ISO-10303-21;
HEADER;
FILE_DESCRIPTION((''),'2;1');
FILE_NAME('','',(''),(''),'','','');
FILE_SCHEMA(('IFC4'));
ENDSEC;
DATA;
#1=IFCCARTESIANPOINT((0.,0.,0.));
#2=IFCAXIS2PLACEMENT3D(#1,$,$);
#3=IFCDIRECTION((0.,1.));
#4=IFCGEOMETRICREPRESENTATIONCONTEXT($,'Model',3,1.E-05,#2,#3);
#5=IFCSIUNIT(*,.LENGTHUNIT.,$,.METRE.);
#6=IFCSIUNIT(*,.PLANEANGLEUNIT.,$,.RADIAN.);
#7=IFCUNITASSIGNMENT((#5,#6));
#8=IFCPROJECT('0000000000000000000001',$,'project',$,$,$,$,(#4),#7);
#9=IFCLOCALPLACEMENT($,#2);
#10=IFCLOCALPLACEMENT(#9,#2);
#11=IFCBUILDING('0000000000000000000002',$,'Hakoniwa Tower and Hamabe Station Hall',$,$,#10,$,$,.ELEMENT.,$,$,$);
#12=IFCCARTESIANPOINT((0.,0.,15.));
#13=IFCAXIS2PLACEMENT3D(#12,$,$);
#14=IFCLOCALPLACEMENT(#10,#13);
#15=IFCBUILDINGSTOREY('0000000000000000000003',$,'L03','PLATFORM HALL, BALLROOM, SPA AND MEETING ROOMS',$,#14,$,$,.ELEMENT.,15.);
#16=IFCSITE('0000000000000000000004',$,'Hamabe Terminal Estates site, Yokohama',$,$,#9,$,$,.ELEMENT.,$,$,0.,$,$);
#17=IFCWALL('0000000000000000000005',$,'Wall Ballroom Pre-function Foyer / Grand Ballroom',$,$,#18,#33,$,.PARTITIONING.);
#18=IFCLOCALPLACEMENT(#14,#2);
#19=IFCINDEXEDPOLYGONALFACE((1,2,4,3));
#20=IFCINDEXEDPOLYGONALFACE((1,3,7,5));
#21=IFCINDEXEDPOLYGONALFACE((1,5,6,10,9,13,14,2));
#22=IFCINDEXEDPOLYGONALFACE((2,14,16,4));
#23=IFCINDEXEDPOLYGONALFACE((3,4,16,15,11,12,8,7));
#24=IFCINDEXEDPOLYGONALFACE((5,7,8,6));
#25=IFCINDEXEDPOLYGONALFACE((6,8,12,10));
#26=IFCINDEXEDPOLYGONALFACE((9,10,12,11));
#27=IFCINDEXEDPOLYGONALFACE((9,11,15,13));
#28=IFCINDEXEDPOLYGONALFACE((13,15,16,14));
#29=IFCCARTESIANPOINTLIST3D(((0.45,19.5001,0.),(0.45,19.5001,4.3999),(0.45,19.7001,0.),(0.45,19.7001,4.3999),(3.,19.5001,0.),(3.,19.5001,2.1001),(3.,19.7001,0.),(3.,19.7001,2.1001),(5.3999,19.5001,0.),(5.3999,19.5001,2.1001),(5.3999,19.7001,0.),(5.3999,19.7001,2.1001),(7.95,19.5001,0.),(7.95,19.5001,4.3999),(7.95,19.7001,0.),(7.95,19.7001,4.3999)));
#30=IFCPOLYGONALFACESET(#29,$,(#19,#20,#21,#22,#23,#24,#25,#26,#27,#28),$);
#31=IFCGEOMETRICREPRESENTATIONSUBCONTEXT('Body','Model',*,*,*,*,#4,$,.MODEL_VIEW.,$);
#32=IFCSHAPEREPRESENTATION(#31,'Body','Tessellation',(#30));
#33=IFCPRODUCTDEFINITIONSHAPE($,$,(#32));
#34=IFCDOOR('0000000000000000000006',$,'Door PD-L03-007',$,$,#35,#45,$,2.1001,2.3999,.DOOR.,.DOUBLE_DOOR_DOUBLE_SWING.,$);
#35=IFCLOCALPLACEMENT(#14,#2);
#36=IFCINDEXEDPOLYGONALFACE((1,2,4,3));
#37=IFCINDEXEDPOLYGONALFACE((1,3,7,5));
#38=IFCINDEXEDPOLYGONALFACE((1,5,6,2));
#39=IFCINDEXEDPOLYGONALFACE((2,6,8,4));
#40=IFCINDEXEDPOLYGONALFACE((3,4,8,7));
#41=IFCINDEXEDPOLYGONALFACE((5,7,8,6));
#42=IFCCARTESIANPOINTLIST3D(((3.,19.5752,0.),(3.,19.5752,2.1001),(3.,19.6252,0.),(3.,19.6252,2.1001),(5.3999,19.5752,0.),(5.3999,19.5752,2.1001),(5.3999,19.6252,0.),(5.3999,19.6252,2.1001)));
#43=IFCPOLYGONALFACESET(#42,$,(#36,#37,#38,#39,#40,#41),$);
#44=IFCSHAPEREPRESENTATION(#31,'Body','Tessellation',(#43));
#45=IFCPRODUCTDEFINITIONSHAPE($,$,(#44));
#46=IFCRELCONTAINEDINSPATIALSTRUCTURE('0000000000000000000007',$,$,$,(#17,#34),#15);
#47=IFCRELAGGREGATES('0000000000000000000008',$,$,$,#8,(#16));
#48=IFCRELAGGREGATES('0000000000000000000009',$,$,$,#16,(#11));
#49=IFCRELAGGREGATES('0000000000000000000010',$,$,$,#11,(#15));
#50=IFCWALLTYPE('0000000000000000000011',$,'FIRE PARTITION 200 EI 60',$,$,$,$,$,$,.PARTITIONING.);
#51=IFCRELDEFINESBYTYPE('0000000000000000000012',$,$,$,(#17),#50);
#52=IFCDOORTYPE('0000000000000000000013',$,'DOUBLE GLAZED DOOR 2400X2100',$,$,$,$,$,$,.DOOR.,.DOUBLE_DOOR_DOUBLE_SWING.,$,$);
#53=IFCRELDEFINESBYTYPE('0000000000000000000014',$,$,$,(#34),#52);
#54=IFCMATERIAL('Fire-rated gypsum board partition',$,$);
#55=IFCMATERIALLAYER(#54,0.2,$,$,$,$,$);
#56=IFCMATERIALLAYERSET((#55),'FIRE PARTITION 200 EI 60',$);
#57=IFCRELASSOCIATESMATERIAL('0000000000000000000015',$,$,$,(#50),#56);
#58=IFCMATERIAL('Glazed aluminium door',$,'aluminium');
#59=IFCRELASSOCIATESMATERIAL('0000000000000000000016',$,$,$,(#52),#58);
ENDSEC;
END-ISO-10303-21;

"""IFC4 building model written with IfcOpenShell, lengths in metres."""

from ifc_helpers import new_model, si_unit, direction, frame, frame_2d, origin, place, context, subcontext, project, spatial, rectangle, extrude, material, layer, layer_set, type_object, element, fill, save


model = new_model("IFC4")

# Units and contexts
model_context = context("Model", 3, precision=1e-05, world=origin(), true_north=direction((0.0, 1.0)))
body_context = subcontext(model_context, "Body", "Model", "MODEL_VIEW")
ifc_project = project(units=[si_unit("LENGTHUNIT", "METRE"), si_unit("PLANEANGLEUNIT", "RADIAN")], contexts=[model_context])

# Site, building, storey
site_placement = place(None, origin())
site = spatial("IfcSite", under=ifc_project, at=site_placement, Name="Hamabe Terminal Estates site, Yokohama", CompositionType="ELEMENT", RefElevation=0.0)
building_placement = place(site_placement, origin())
building = spatial("IfcBuilding", under=site, at=building_placement, Name="Hakoniwa Tower and Hamabe Station Hall", CompositionType="ELEMENT")
storey_placement = place(building_placement, frame((0.0, 0.0, 15.0)))
storey = spatial("IfcBuildingStorey", under=building, at=storey_placement, Name="L03", Description="PLATFORM HALL, BALLROOM, SPA AND MEETING ROOMS", CompositionType="ELEMENT", Elevation=15.0)

# Shared definitions
ifc_material_1 = material(Name="Fire-rated gypsum board partition")
ifc_layer_1 = layer(ifc_material_1, 0.2)
ifc_layer_set_1 = layer_set([ifc_layer_1], Name="FIRE PARTITION 200 EI 60")
wall_type = type_object("IfcWallType", Name="FIRE PARTITION 200 EI 60", PredefinedType="PARTITIONING", material=ifc_layer_set_1)

# Wall, opening, door
ifc_material_2 = material(Name="Glazed aluminium door", Category="aluminium")
door_type_1 = type_object("IfcDoorType", Name="DOUBLE GLAZED DOOR 2400X2100", OperationType="DOUBLE_DOOR_DOUBLE_SWING", PredefinedType="DOOR", material=ifc_material_2)
wall_1_placement = place(storey_placement, frame((7.95, 19.6001, 0.0), z_axis=(0.0, 0.0, 1.0), x_axis=(-1.0, 0.0, 0.0)))
wall_1 = element("IfcWall", 1, at=wall_1_placement, inside=storey, type_object=wall_type, Name="Wall Ballroom Pre-function Foyer / Grand Ballroom", PredefinedType="PARTITIONING", context=body_context, shape_type="SweptSolid", body=[
    extrude(rectangle(XDim=7.5, YDim=0.2, at=frame_2d((3.75, 0.0))), origin(), (0.0, 0.0, 1.0), 4.3999),
])
opening_1_placement = place(wall_1_placement, frame((2.55, 0.0, 0.0)))
opening_1 = element("IfcOpeningElement", 2, at=opening_1_placement, cuts=wall_1, PredefinedType="OPENING", context=body_context, shape_type="SweptSolid", body=[
    extrude(rectangle(XDim=2.3999, YDim=2.1001, at=frame_2d((1.2, 1.05))), frame((0.0, 0.1099, 0.0), z_axis=(0.0, -1.0, 0.0), x_axis=(1.0, 0.0, 0.0)), (0.0, 0.0, 1.0), 0.22),
])
door_1_placement = place(opening_1_placement, origin())
door_1 = element("IfcDoor", 3, at=door_1_placement, inside=storey, type_object=door_type_1, Name="Door PD-L03-007", OperationType="DOUBLE_DOOR_DOUBLE_SWING", OverallHeight=2.1001, OverallWidth=2.3999, PredefinedType="DOOR", context=body_context, shape_type="SweptSolid", body=[
    extrude(rectangle(XDim=2.3999, YDim=2.1001, at=frame_2d((1.2, 1.05))), frame((0.0, 0.0249, 0.0), z_axis=(0.0, -1.0, 0.0), x_axis=(1.0, 0.0, 0.0)), (0.0, 0.0, 1.0), 0.05),
])
fill(opening_1, door_1)

save(model, "model.ifc")
